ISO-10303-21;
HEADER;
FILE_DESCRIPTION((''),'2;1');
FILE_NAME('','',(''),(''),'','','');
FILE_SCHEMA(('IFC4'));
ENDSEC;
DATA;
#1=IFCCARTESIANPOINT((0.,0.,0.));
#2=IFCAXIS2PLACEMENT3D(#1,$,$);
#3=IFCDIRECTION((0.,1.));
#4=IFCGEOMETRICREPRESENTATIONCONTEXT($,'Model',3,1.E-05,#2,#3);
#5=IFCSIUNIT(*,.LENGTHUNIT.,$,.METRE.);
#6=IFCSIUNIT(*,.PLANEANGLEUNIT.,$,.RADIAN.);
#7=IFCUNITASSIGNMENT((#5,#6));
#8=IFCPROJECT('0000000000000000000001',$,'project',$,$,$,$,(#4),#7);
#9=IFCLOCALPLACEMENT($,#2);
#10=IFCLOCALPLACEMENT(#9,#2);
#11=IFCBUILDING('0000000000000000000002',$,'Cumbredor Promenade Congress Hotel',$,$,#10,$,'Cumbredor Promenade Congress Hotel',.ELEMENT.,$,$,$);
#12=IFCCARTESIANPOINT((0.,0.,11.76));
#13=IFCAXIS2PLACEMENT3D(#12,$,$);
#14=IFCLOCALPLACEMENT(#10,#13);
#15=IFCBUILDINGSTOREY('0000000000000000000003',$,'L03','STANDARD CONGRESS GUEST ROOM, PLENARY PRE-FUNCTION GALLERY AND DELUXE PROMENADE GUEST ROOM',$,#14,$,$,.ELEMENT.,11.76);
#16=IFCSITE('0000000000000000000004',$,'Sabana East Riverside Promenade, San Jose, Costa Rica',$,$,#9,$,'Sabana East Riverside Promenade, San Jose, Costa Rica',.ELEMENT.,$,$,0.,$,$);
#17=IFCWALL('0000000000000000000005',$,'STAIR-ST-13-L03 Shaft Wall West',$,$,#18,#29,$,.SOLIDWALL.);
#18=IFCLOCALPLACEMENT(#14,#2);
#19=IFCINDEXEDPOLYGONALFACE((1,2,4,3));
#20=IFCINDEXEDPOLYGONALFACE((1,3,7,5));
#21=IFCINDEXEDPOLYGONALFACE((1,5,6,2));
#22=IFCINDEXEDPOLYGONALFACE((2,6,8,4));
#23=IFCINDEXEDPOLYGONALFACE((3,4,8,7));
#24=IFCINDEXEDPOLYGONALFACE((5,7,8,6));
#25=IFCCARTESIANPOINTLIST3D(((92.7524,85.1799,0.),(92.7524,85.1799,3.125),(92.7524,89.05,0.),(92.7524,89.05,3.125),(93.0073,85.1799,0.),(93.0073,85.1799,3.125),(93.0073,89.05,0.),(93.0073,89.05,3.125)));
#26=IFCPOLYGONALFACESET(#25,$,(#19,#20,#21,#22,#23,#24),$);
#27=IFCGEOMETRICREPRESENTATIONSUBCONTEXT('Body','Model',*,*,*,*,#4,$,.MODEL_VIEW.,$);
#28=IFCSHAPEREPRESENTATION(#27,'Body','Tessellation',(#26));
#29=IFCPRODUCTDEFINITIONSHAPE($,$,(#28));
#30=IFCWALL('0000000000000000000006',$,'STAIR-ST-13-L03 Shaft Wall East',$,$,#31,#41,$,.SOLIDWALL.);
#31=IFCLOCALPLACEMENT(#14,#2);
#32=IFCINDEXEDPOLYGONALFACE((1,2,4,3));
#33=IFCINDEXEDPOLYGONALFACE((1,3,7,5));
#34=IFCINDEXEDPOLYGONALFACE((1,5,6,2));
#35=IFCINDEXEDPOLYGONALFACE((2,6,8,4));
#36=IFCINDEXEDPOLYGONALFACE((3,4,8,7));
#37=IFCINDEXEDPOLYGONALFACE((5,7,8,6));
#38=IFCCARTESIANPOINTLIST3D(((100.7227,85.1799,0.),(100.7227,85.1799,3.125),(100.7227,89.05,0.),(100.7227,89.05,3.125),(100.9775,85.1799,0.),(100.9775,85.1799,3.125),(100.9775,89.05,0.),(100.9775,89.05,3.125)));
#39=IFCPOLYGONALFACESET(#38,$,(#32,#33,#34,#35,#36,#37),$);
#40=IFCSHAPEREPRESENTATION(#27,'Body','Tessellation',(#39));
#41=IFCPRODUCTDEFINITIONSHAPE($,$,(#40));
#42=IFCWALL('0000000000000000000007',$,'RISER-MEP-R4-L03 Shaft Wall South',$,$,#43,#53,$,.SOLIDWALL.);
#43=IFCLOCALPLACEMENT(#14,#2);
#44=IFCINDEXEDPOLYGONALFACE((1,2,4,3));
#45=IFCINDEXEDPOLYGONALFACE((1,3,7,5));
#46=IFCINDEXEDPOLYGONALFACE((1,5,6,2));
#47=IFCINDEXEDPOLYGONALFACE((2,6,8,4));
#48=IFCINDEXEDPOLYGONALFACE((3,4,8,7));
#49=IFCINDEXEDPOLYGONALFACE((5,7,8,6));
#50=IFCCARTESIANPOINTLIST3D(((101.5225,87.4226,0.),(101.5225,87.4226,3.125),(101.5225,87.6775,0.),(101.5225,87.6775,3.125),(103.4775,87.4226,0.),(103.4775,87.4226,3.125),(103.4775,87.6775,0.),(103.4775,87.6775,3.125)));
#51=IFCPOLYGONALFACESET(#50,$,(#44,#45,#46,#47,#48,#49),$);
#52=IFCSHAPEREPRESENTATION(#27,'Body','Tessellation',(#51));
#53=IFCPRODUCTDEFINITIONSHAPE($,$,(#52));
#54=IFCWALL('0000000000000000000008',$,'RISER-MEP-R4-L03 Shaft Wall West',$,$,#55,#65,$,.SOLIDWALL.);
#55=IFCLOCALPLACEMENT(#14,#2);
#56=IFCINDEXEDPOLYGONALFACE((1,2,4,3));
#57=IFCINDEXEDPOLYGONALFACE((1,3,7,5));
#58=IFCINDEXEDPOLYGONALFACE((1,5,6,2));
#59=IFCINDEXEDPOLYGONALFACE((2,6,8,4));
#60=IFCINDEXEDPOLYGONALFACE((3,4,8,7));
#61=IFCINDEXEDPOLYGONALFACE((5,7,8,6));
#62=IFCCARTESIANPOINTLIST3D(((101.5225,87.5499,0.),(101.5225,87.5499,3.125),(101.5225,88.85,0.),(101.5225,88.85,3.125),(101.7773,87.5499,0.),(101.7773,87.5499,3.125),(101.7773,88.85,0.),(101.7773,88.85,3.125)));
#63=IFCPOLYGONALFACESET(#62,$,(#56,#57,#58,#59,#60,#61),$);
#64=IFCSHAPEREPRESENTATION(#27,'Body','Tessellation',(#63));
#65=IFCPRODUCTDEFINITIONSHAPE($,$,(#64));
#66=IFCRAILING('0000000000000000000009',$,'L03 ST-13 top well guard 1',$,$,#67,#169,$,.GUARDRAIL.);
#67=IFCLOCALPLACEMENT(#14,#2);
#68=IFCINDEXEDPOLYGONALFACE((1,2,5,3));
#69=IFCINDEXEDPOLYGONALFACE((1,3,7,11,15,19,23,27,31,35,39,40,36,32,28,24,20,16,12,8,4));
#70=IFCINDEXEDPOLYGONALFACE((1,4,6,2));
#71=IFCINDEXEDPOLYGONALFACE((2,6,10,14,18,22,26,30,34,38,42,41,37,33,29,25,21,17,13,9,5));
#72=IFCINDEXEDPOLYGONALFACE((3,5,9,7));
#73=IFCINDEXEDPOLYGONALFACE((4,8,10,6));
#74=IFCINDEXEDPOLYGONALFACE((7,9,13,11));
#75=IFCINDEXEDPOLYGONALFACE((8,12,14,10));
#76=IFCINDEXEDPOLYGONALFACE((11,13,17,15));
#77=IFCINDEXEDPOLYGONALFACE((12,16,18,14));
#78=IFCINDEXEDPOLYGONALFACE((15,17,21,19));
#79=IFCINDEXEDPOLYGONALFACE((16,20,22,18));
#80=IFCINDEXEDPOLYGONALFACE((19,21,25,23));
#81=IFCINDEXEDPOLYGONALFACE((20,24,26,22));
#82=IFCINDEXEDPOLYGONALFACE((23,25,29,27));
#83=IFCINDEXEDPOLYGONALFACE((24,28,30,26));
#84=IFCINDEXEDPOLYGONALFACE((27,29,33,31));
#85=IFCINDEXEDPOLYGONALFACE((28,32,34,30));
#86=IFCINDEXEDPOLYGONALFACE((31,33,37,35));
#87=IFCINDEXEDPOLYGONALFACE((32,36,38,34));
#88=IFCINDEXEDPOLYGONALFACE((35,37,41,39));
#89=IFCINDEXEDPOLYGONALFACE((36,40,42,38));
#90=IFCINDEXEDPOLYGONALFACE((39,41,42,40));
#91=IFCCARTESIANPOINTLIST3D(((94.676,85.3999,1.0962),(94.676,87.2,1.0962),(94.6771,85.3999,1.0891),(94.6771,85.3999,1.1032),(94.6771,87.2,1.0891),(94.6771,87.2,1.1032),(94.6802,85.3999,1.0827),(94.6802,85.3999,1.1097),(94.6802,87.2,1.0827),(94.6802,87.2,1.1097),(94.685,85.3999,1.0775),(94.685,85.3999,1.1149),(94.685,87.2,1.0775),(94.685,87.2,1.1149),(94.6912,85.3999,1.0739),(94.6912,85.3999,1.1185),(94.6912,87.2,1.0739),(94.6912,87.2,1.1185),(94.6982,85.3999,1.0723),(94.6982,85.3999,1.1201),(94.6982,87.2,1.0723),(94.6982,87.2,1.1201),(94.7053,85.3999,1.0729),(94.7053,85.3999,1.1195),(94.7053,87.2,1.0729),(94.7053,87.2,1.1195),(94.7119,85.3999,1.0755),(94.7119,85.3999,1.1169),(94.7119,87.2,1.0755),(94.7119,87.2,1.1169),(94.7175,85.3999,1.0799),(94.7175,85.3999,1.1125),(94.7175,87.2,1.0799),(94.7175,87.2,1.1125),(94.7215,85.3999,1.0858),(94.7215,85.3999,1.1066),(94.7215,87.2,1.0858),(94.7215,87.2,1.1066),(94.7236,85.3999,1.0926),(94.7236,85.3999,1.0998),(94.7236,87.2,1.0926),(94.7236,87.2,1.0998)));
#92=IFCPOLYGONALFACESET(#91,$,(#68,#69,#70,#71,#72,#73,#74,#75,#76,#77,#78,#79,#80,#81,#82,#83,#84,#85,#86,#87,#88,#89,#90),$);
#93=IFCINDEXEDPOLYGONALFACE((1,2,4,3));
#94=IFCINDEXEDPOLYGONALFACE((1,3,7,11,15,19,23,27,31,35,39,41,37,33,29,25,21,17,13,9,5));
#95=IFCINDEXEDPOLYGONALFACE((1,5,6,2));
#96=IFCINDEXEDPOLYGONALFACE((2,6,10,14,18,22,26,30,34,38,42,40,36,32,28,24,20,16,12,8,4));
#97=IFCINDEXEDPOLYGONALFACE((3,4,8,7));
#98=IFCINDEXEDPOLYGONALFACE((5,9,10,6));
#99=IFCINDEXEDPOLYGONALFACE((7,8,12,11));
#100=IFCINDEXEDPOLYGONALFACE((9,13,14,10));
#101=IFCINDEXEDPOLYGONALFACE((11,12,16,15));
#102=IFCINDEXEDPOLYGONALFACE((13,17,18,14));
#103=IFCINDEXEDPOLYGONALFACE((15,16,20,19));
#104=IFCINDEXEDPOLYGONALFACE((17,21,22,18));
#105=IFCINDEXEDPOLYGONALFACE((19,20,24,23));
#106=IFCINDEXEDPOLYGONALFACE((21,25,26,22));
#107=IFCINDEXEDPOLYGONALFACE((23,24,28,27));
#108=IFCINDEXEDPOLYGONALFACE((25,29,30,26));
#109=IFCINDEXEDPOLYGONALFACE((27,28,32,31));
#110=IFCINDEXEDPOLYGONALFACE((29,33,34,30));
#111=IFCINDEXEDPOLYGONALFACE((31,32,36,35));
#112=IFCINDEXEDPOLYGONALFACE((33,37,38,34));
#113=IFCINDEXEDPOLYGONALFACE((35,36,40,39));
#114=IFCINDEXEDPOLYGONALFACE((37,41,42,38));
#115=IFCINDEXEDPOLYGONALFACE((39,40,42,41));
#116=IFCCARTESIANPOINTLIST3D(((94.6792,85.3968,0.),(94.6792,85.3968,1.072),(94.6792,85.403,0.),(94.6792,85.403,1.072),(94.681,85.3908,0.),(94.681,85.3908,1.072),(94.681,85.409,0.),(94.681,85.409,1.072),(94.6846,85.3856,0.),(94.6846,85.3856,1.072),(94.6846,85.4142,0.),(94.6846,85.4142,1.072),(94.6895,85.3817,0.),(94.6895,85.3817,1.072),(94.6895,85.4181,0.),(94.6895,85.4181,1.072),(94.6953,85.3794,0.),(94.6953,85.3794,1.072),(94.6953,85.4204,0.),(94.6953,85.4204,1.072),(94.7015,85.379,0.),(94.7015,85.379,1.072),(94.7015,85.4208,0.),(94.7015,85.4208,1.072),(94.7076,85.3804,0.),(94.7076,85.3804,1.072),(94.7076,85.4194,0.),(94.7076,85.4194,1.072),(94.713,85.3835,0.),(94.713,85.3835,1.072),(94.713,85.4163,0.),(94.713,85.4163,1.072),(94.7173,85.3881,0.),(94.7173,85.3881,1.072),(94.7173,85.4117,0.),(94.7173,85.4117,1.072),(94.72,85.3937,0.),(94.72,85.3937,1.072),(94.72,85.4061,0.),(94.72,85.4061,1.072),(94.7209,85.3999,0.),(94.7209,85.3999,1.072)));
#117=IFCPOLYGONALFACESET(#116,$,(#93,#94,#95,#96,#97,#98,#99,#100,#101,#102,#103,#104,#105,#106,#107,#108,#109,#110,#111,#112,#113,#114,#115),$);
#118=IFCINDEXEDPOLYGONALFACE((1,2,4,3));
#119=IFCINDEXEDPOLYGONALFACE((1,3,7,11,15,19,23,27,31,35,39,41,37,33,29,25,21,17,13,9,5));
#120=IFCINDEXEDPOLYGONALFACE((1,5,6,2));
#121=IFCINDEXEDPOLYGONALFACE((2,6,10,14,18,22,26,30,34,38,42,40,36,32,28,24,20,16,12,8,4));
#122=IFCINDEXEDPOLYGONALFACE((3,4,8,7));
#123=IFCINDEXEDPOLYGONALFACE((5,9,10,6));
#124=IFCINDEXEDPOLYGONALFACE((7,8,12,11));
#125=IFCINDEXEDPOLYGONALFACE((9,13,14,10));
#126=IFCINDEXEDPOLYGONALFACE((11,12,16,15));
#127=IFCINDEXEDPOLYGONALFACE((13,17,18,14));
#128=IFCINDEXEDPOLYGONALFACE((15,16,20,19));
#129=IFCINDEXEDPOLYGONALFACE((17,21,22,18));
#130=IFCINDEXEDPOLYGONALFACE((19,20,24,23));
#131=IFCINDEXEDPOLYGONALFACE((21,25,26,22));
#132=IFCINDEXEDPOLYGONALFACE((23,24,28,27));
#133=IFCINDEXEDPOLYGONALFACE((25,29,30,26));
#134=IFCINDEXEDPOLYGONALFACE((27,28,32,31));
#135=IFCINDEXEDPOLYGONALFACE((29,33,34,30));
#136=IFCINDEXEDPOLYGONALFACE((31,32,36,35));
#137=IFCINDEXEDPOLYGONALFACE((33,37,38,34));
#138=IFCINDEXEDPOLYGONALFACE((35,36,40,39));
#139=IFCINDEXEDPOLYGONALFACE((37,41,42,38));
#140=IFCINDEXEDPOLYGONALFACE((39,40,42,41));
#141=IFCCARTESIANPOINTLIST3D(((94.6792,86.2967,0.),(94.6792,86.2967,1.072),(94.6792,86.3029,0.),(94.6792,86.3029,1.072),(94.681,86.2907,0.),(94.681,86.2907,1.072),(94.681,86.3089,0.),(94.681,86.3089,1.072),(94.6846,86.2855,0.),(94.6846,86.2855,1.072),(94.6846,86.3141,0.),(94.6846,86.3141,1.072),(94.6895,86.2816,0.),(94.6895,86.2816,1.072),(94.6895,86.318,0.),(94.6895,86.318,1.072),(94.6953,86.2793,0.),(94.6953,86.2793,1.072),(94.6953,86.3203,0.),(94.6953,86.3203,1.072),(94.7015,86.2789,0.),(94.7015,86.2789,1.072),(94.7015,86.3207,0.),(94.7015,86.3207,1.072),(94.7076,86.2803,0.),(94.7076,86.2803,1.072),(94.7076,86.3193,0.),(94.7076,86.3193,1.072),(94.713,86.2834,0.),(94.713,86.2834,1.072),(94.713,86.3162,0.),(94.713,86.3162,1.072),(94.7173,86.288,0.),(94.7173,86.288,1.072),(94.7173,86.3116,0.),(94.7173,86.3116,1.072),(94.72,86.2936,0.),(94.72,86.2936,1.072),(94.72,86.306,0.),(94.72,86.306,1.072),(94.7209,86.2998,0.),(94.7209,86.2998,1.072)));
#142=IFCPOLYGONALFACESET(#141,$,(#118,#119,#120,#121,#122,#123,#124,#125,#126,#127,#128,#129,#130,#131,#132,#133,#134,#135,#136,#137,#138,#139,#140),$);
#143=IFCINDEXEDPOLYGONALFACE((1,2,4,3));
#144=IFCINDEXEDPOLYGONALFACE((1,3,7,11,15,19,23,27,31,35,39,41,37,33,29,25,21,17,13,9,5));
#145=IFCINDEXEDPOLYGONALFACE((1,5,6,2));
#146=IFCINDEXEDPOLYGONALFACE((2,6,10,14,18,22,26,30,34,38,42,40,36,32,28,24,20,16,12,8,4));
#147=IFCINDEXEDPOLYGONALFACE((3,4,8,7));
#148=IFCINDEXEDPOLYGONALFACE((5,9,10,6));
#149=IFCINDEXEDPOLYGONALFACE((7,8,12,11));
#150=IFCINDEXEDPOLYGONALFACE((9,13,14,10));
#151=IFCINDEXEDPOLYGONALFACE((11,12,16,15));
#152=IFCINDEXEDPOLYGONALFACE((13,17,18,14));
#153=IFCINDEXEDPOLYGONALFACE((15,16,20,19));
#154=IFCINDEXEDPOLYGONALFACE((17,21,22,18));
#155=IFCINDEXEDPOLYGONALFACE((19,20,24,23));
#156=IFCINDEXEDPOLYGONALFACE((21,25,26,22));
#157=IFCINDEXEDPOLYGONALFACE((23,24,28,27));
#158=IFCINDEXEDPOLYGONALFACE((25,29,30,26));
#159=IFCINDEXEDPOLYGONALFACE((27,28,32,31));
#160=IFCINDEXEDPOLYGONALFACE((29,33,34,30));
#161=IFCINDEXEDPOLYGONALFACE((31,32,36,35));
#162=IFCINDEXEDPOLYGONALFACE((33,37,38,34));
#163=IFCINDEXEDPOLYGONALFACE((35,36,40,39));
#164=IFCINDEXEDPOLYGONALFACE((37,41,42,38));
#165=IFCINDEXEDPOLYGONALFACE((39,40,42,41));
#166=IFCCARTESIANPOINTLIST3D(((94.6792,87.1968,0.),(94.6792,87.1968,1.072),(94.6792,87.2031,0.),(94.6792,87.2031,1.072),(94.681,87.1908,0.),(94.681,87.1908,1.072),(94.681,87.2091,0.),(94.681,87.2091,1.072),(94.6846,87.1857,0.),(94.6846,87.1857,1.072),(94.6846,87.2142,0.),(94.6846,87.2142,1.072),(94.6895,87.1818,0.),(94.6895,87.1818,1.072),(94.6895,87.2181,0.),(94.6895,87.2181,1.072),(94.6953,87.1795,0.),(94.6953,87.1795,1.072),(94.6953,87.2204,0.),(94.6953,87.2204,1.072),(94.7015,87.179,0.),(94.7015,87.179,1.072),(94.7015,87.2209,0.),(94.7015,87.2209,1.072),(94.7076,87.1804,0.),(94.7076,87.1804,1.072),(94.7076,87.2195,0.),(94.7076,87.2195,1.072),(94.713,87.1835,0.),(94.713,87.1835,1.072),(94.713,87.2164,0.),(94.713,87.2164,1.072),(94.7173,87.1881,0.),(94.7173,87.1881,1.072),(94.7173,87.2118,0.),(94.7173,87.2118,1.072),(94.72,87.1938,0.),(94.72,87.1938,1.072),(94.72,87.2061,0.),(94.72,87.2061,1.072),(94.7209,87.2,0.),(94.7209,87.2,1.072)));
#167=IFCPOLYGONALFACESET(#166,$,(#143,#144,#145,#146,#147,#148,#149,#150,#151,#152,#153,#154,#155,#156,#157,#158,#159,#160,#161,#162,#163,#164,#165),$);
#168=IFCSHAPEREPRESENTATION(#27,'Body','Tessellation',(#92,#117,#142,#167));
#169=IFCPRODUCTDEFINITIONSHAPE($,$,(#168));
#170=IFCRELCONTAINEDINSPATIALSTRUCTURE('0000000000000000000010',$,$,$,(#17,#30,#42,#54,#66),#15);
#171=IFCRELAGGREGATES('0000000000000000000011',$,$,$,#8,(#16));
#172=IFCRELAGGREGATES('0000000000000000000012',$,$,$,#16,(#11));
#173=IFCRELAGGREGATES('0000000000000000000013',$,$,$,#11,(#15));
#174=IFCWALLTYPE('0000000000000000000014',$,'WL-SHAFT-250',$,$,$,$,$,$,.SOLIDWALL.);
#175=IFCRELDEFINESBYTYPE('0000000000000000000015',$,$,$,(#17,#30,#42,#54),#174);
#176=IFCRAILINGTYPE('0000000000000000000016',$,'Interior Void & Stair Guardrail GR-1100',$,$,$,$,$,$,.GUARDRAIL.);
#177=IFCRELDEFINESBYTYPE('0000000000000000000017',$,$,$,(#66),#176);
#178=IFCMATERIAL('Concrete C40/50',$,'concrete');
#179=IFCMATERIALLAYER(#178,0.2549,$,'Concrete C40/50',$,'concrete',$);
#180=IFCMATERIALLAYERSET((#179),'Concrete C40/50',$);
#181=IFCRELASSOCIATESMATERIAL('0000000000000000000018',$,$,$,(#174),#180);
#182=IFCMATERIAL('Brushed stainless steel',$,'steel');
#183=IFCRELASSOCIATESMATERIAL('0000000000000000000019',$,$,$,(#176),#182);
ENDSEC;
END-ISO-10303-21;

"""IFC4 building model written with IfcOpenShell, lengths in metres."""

from ifc_helpers import new_model, si_unit, direction, frame, frame_2d, origin, origin_2d, place, context, subcontext, project, spatial, rectangle, circle, extrude, material, layer, layer_set, type_object, element, save


model = new_model("IFC4")

# Units and contexts
model_context = context("Model", 3, precision=1e-05, world=origin(), true_north=direction((0.0, 1.0)))
body_context = subcontext(model_context, "Body", "Model", "MODEL_VIEW")
ifc_project = project(units=[si_unit("LENGTHUNIT", "METRE"), si_unit("PLANEANGLEUNIT", "RADIAN")], contexts=[model_context])

# Site, building, storey
site_placement = place(None, origin())
site = spatial("IfcSite", under=ifc_project, at=site_placement, Name="Sabana East Riverside Promenade, San Jose, Costa Rica", LongName="Sabana East Riverside Promenade, San Jose, Costa Rica", CompositionType="ELEMENT", RefElevation=0.0)
building_placement = place(site_placement, origin())
building = spatial("IfcBuilding", under=site, at=building_placement, Name="Cumbredor Promenade Congress Hotel", LongName="Cumbredor Promenade Congress Hotel", CompositionType="ELEMENT")
storey_placement = place(building_placement, frame((0.0, 0.0, 11.76)))
storey = spatial("IfcBuildingStorey", under=building, at=storey_placement, Name="L03", Description="STANDARD CONGRESS GUEST ROOM, PLENARY PRE-FUNCTION GALLERY AND DELUXE PROMENADE GUEST ROOM", CompositionType="ELEMENT", Elevation=11.76)

# Shared definitions
ifc_material_1 = material(Name="Concrete C40/50", Category="concrete")

# Walls
ifc_layer_1 = layer(ifc_material_1, 0.2549, Name="Concrete C40/50", Category="concrete")
ifc_layer_set_1 = layer_set([ifc_layer_1], Name="Concrete C40/50")
wall_type_1 = type_object("IfcWallType", Name="WL-SHAFT-250", PredefinedType="SOLIDWALL", material=ifc_layer_set_1)
for number, where, z_axis, x_axis, name in (
    (1, (92.8799, 85.1799, 0.0), (0.0, 0.0, 1.0), (0.0, 1.0, 0.0), "STAIR-ST-13-L03 Shaft Wall West"),
    (2, (100.8501, 85.1799, 0.0), (0.0, 0.0, 1.0), (0.0, 1.0, 0.0), "STAIR-ST-13-L03 Shaft Wall East"),
):
    element("IfcWall", number, at=place(storey_placement, frame(where, z_axis=z_axis, x_axis=x_axis)), inside=storey, type_object=wall_type_1, Name=name, PredefinedType="SOLIDWALL", context=body_context, shape_type="SweptSolid", body=[
        extrude(rectangle(XDim=3.8701, YDim=0.2549, at=frame_2d((1.9351, 0.0))), origin(), (0.0, 0.0, 1.0), 3.125),
    ])
wall_1_placement = place(storey_placement, frame((101.5225, 87.55, 0.0), z_axis=(0.0, 0.0, 1.0), x_axis=(1.0, 0.0, 0.0)))
element("IfcWall", 3, at=wall_1_placement, inside=storey, type_object=wall_type_1, Name="RISER-MEP-R4-L03 Shaft Wall South", PredefinedType="SOLIDWALL", context=body_context, shape_type="SweptSolid", body=[
    extrude(rectangle(XDim=1.9551, YDim=0.2549, at=frame_2d((0.9775, 0.0))), origin(), (0.0, 0.0, 1.0), 3.125),
])
wall_2_placement = place(storey_placement, frame((101.6499, 87.55, 0.0), z_axis=(0.0, 0.0, 1.0), x_axis=(0.0, 1.0, 0.0)))
element("IfcWall", 4, at=wall_2_placement, inside=storey, type_object=wall_type_1, Name="RISER-MEP-R4-L03 Shaft Wall West", PredefinedType="SOLIDWALL", context=body_context, shape_type="SweptSolid", body=[
    extrude(rectangle(XDim=1.3, YDim=0.2549, at=frame_2d((0.6499, 0.0))), origin(), (0.0, 0.0, 1.0), 3.125),
])

# Railing
ifc_material_2 = material(Name="Brushed stainless steel", Category="steel")
railing_type = type_object("IfcRailingType", Name="Interior Void & Stair Guardrail GR-1100", PredefinedType="GUARDRAIL", material=ifc_material_2)
railing_placement = place(storey_placement, frame((94.7, 85.3999, 0.0)))
element("IfcRailing", 5, at=railing_placement, inside=storey, type_object=railing_type, Name="L03 ST-13 top well guard 1", PredefinedType="GUARDRAIL", context=body_context, shape_type="SweptSolid", body=[
    extrude(circle(Radius=0.0239, at=origin_2d()), frame((0.0, 0.0, 1.0962), z_axis=(0.0, 1.0, 0.0), x_axis=(-1.0, 0.0, 0.0)), (0.0, 0.0, 1.0), 1.8),
    extrude(circle(Radius=0.021, at=origin_2d()), origin(), (0.0, 0.0, 1.0), 1.072),
    extrude(circle(Radius=0.021, at=origin_2d()), frame((0.0, 0.8999, 0.0)), (0.0, 0.0, 1.0), 1.072),
    extrude(circle(Radius=0.021, at=origin_2d()), frame((0.0, 1.8, 0.0)), (0.0, 0.0, 1.0), 1.072),
])

save(model, "model.ifc")
